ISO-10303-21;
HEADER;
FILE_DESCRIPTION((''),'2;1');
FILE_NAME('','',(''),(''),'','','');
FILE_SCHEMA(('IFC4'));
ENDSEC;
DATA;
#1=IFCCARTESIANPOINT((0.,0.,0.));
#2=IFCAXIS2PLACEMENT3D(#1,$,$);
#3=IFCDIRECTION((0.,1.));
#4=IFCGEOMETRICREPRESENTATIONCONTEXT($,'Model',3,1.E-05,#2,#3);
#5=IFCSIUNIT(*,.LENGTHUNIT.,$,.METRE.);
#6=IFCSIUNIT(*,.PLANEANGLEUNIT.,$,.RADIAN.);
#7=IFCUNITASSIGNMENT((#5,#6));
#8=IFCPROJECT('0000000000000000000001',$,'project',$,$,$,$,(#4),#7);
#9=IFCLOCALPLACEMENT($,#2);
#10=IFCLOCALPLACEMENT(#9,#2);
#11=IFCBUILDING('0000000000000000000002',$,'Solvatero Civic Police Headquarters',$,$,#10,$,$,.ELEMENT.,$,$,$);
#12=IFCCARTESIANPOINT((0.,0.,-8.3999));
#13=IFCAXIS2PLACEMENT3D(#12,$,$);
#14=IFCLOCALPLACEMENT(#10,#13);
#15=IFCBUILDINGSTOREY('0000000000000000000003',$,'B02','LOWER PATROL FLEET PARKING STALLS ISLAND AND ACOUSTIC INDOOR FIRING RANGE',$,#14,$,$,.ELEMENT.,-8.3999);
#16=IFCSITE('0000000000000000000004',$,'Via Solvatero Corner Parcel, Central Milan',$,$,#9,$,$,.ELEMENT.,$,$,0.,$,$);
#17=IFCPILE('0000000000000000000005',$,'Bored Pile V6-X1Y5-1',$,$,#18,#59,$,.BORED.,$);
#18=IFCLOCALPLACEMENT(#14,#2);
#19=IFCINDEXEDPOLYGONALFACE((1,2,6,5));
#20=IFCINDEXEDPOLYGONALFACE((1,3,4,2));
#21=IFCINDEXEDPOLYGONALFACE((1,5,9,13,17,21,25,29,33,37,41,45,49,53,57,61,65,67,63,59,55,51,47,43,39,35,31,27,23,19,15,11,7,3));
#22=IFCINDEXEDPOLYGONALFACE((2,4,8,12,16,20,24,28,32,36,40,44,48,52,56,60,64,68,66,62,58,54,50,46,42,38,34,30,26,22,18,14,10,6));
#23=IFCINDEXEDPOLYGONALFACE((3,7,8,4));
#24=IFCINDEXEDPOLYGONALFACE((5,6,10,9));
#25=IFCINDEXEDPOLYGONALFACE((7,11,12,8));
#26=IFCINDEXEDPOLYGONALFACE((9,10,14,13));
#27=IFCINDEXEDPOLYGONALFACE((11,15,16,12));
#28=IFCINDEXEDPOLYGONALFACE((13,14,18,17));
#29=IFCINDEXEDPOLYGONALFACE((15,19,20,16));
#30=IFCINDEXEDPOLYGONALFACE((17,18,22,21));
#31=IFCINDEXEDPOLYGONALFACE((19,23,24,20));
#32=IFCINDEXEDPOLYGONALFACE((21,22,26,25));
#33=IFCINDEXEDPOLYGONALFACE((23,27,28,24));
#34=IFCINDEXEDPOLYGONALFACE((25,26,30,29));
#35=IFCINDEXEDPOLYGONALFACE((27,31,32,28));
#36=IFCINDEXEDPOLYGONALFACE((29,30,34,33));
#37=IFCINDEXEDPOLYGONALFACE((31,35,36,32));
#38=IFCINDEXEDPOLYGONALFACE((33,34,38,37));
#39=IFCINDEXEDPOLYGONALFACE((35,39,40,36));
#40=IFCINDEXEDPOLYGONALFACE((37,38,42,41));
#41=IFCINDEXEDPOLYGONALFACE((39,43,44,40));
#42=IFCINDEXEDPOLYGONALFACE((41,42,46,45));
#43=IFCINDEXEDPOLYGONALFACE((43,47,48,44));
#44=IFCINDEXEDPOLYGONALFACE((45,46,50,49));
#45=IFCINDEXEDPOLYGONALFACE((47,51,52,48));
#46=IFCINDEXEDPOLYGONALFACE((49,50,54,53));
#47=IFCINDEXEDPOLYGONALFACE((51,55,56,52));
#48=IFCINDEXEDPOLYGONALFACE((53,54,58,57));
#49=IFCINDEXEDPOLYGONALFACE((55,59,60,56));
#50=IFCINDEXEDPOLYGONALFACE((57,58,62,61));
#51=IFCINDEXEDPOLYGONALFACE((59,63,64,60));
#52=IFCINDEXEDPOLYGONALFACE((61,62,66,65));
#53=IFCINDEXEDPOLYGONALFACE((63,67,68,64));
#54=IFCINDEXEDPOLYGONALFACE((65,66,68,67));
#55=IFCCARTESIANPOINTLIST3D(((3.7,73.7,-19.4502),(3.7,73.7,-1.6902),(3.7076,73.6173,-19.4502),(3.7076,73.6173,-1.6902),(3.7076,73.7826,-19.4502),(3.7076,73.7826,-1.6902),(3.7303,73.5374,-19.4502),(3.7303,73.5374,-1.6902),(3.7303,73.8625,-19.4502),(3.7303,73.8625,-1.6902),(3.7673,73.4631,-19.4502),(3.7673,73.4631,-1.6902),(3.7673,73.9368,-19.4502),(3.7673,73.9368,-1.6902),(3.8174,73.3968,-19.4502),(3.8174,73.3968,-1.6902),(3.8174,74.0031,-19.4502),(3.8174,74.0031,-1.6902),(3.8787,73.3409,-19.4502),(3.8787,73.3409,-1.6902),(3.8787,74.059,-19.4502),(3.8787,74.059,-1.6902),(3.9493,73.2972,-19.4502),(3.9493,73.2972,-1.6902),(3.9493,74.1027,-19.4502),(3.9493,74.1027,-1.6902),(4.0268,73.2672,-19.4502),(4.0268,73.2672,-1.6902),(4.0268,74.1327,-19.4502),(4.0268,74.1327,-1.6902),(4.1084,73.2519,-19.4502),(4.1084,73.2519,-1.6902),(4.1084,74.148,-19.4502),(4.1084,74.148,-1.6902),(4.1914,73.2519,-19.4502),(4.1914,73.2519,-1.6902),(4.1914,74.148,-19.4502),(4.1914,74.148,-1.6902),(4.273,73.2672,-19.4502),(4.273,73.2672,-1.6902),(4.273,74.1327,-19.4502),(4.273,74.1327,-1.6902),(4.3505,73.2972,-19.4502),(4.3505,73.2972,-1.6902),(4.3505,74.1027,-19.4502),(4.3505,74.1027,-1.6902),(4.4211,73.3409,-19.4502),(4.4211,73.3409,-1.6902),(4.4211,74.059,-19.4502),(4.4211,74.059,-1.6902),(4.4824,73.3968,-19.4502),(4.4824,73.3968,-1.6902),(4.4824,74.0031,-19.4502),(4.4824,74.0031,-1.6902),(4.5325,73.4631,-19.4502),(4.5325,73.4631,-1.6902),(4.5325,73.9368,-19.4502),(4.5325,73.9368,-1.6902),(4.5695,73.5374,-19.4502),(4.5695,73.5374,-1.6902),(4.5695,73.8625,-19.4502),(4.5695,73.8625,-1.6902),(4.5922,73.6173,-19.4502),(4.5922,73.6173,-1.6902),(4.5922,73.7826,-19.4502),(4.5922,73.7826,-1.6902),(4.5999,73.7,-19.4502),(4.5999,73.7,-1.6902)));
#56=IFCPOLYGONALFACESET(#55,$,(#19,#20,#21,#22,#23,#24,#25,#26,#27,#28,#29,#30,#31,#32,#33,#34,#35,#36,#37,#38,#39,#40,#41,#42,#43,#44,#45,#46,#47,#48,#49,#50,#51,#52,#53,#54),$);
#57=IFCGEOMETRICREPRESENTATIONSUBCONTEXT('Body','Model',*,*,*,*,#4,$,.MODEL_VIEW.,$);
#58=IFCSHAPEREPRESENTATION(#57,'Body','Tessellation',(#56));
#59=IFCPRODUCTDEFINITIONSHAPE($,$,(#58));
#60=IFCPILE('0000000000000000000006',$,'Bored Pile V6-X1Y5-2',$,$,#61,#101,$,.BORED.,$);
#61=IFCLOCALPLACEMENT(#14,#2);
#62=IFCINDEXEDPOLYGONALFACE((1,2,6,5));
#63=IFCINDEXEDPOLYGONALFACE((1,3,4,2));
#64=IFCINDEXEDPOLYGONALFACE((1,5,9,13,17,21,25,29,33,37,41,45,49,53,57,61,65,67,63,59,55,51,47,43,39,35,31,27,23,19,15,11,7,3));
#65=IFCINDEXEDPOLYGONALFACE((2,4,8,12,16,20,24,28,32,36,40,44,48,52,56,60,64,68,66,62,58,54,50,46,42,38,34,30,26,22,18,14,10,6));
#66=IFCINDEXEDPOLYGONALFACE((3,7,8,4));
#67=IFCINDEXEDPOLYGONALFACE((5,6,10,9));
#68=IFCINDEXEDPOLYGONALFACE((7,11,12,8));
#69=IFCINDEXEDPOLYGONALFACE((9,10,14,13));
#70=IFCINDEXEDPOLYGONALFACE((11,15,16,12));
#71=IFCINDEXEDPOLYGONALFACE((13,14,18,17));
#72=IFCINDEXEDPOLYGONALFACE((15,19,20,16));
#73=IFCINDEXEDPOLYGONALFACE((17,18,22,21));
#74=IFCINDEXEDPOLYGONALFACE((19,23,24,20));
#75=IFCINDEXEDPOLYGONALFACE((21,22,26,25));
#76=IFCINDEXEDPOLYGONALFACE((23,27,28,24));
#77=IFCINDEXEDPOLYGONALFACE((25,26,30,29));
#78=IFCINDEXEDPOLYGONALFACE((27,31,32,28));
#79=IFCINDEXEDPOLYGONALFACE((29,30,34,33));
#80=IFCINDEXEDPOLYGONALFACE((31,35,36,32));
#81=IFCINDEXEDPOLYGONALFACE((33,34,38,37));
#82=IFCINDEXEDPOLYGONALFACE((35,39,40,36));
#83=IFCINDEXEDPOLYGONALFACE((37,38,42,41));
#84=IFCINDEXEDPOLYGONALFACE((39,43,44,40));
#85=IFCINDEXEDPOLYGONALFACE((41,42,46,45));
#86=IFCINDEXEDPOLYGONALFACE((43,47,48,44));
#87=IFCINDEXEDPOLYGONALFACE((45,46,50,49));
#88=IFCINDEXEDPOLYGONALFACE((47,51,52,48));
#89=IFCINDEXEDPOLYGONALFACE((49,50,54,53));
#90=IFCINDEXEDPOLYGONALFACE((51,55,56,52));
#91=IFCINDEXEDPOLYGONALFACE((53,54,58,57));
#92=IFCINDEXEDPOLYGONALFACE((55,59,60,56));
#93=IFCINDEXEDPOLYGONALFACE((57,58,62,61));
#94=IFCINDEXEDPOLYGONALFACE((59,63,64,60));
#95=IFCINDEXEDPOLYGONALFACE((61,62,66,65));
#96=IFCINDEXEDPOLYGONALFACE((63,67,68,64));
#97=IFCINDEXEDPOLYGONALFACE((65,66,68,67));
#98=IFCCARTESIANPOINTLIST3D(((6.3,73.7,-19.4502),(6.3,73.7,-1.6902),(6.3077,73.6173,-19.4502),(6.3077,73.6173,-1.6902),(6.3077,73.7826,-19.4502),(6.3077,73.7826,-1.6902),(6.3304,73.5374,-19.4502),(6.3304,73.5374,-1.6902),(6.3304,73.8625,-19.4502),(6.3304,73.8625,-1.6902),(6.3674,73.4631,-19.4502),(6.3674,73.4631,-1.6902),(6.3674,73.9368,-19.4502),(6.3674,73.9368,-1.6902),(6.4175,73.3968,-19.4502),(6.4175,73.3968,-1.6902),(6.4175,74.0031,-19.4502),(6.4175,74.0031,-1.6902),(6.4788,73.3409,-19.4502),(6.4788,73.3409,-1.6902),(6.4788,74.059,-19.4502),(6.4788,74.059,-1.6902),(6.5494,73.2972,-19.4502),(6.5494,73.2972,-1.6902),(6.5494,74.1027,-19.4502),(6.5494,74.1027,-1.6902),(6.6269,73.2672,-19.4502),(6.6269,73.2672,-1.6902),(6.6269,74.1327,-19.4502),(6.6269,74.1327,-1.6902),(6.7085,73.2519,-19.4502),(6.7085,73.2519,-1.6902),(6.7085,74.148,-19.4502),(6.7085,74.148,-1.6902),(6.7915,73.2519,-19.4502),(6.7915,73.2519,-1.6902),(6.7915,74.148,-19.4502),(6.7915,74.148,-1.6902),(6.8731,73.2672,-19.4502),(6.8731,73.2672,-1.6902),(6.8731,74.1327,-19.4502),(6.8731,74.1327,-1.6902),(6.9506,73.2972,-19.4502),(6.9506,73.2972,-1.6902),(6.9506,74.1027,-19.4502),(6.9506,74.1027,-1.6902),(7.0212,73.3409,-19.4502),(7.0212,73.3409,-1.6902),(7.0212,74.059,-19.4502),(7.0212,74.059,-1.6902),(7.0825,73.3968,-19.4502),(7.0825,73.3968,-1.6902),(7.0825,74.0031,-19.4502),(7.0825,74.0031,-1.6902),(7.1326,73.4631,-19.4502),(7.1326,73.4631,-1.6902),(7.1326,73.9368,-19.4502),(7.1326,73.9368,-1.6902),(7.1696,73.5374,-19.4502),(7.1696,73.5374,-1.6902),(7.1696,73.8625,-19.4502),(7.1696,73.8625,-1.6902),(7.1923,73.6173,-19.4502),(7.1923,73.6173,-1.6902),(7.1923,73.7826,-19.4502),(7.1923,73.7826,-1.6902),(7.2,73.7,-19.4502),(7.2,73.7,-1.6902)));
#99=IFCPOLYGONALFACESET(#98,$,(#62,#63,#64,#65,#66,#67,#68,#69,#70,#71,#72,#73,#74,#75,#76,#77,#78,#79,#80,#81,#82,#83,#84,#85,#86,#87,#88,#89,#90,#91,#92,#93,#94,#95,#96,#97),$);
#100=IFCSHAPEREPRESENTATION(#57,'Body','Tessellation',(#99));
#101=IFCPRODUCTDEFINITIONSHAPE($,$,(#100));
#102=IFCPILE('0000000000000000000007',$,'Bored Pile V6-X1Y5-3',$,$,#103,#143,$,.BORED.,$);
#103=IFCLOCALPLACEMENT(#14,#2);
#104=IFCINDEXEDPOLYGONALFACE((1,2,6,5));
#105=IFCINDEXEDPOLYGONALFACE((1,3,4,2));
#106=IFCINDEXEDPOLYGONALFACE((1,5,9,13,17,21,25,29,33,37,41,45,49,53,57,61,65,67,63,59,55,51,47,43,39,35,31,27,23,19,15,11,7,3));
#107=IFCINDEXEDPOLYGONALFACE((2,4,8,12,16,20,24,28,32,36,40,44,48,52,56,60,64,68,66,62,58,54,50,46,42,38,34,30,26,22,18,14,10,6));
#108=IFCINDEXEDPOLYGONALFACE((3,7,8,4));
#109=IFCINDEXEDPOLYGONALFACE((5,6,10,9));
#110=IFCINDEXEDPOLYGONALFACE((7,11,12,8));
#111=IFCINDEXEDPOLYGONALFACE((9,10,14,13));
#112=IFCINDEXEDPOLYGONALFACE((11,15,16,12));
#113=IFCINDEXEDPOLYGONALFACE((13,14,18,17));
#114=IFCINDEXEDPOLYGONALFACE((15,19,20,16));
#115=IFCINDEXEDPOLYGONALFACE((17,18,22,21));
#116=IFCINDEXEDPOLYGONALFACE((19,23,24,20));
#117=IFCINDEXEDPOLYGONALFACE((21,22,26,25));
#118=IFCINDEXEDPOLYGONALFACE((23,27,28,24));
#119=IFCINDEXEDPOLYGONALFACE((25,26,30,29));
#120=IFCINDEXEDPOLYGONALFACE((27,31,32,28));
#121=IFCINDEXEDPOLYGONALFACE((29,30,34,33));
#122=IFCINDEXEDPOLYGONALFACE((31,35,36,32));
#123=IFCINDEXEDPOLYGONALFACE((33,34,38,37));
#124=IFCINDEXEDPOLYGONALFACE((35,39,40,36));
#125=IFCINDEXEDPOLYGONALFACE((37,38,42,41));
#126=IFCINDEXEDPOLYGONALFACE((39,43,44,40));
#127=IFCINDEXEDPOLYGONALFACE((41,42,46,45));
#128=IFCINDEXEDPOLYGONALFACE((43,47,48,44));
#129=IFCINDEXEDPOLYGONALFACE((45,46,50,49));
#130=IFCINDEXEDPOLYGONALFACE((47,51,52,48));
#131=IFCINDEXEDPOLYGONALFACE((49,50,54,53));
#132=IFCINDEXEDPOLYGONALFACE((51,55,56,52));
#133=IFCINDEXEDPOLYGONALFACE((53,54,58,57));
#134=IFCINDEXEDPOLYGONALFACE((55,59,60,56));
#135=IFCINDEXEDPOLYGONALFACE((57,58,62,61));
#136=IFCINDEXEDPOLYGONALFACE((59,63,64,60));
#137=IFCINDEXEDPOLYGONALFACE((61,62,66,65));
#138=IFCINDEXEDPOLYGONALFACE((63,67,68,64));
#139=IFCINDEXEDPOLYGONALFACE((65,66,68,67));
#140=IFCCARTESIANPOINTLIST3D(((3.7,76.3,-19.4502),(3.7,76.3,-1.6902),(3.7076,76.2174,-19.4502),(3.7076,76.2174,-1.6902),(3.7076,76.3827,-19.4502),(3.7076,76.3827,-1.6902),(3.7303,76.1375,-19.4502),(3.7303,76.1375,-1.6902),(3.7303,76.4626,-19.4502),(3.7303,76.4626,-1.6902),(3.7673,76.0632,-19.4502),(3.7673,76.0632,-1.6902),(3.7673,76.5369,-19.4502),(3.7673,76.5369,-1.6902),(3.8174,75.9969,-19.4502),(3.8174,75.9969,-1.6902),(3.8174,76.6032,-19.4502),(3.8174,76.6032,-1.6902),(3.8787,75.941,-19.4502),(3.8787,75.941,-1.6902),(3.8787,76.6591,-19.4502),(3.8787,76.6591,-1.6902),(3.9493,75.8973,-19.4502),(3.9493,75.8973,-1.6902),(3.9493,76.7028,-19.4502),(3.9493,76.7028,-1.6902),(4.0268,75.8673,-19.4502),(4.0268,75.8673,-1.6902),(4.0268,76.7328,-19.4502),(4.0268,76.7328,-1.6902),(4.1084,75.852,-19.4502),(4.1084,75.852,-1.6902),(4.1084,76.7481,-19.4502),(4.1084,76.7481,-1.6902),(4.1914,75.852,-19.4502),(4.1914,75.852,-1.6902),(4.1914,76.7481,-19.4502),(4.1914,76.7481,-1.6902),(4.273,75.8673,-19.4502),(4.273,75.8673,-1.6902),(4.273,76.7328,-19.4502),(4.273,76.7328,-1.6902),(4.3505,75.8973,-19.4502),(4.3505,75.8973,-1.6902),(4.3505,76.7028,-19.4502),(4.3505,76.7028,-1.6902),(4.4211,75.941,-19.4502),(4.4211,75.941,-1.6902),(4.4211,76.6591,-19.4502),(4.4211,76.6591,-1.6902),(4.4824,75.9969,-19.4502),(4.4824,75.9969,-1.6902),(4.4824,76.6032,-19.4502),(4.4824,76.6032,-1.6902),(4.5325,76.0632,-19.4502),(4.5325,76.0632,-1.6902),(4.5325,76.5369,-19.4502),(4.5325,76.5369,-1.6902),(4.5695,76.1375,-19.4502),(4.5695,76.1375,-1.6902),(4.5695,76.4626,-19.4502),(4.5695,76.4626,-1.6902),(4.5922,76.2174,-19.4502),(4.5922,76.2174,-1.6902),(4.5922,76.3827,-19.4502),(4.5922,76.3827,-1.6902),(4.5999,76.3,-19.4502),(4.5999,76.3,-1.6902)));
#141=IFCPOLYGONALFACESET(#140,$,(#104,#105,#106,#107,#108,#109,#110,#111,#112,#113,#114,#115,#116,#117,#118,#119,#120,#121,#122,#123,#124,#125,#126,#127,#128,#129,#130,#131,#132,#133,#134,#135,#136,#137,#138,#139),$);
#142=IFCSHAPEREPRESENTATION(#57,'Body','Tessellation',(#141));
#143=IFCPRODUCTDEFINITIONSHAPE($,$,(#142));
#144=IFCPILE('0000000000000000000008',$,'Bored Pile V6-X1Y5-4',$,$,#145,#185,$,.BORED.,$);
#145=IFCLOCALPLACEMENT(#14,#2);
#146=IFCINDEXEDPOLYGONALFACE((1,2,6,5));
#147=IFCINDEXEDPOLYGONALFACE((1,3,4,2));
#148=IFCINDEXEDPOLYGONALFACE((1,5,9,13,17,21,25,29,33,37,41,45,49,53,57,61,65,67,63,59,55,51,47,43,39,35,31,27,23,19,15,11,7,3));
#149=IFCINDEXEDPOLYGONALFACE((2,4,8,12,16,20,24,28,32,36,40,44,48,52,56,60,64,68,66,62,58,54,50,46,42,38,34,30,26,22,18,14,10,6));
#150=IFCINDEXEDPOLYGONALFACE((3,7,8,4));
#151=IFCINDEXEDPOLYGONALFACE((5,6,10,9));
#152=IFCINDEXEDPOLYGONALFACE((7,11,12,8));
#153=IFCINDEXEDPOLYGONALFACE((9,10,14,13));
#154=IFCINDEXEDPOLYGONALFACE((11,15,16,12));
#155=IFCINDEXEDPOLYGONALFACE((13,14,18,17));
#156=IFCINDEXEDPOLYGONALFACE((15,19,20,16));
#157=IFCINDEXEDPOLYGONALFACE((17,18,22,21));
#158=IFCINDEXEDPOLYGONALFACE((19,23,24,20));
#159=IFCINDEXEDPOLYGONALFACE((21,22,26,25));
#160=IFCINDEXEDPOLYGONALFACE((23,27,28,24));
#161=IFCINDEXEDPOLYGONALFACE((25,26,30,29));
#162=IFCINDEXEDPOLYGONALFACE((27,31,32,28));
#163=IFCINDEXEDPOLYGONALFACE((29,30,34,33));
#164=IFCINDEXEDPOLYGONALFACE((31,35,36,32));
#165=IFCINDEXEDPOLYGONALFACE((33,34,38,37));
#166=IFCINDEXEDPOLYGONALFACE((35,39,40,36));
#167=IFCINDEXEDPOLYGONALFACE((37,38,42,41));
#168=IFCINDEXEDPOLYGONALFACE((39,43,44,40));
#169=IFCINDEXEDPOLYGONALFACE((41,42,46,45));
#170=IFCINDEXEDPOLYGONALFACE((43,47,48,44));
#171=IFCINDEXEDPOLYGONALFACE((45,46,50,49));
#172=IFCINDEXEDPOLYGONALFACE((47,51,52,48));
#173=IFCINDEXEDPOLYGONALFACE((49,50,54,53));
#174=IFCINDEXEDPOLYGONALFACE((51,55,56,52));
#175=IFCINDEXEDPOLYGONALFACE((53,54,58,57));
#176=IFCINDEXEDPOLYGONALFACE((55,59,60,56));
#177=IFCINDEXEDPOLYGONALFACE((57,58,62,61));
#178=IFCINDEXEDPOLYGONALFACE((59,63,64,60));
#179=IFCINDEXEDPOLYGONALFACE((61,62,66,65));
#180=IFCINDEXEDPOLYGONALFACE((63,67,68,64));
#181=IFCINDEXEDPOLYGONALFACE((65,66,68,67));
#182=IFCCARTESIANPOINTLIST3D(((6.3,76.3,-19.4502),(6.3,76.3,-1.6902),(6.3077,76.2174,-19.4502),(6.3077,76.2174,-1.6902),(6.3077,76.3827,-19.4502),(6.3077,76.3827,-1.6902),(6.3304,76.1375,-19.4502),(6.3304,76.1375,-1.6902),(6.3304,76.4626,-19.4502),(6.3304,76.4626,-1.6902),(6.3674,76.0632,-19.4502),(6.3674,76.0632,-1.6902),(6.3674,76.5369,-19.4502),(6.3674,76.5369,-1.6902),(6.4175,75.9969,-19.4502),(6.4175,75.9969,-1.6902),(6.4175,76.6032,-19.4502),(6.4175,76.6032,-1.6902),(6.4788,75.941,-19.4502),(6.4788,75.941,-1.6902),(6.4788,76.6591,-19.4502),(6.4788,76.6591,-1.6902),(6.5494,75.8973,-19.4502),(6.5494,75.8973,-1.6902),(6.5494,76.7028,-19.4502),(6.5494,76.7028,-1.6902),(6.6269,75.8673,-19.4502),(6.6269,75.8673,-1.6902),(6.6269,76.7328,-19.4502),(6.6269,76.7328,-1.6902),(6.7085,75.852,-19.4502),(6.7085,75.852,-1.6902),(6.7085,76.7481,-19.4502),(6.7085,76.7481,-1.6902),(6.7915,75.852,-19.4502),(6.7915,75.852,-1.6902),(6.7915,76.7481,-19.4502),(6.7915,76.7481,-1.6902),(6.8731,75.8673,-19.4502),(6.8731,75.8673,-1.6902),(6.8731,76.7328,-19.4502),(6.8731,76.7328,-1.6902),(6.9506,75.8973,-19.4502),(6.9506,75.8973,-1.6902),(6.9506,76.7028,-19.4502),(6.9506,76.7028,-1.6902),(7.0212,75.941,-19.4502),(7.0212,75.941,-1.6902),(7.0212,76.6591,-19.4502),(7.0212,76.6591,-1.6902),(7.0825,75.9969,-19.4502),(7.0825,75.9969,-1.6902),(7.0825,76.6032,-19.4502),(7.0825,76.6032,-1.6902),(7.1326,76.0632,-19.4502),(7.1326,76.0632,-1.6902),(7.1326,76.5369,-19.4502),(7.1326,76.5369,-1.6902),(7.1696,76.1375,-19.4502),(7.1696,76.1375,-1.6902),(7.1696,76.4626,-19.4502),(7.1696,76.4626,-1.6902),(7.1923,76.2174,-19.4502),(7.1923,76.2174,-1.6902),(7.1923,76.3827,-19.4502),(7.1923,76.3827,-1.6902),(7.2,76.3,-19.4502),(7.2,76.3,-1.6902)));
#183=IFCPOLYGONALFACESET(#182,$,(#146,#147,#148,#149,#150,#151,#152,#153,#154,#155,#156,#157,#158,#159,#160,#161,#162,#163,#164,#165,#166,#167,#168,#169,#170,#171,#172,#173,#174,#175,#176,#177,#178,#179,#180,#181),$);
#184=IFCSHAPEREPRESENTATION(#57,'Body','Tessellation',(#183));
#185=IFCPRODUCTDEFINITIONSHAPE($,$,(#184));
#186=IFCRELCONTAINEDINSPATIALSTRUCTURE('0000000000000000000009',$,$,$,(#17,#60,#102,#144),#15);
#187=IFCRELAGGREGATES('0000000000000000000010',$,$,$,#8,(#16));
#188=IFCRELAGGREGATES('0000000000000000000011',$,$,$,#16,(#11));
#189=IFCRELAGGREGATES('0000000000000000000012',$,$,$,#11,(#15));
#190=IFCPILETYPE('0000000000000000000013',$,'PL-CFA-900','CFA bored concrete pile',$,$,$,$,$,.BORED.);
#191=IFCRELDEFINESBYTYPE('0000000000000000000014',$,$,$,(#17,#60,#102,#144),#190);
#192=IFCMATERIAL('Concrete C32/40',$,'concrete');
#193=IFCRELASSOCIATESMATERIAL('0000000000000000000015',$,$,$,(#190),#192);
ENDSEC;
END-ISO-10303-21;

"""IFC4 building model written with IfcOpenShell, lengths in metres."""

from ifc_helpers import new_model, si_unit, direction, frame, origin, origin_2d, place, context, subcontext, project, spatial, circle, extrude, material, material_profile, profile_set, type_object, element, save


model = new_model("IFC4")

# Units and contexts
model_context = context("Model", 3, precision=1e-05, world=origin(), true_north=direction((0.0, 1.0)))
body_context = subcontext(model_context, "Body", "Model", "MODEL_VIEW")
ifc_project = project(units=[si_unit("LENGTHUNIT", "METRE"), si_unit("PLANEANGLEUNIT", "RADIAN")], contexts=[model_context])

# Site, building, storey
site_placement = place(None, origin())
site = spatial("IfcSite", under=ifc_project, at=site_placement, Name="Via Solvatero Corner Parcel, Central Milan", CompositionType="ELEMENT", RefElevation=0.0)
building_placement = place(site_placement, origin())
building = spatial("IfcBuilding", under=site, at=building_placement, Name="Solvatero Civic Police Headquarters", CompositionType="ELEMENT")
storey_placement = place(building_placement, frame((0.0, 0.0, -8.3999)))
storey = spatial("IfcBuildingStorey", under=building, at=storey_placement, Name="B02", Description="LOWER PATROL FLEET PARKING STALLS ISLAND AND ACOUSTIC INDOOR FIRING RANGE", CompositionType="ELEMENT", Elevation=-8.3999)

# Piles
ifc_material_1 = material(Name="Concrete C32/40", Category="concrete")
ifc_material_profile_1 = material_profile(ifc_material_1, circle(Radius=0.45, at=origin_2d()), Name="CFA PILE D900")
ifc_profile_set_1 = profile_set([ifc_material_profile_1], Name="Concrete C32/40")
pile_type = type_object("IfcPileType", Name="PL-CFA-900", Description="CFA bored concrete pile", PredefinedType="BORED", material=ifc_profile_set_1)
for number, where, z_axis, x_axis, name in (
    (1, (4.1499, 73.7, -1.6902), (0.0, 0.0, -1.0), (1.0, 0.0, 0.0), "Bored Pile V6-X1Y5-1"),
    (2, (6.75, 73.7, -1.6902), (0.0, 0.0, -1.0), (1.0, 0.0, 0.0), "Bored Pile V6-X1Y5-2"),
    (3, (4.1499, 76.3, -1.6902), (0.0, 0.0, -1.0), (1.0, 0.0, 0.0), "Bored Pile V6-X1Y5-3"),
    (4, (6.75, 76.3, -1.6902), (0.0, 0.0, -1.0), (1.0, 0.0, 0.0), "Bored Pile V6-X1Y5-4"),
):
    element("IfcPile", number, at=place(storey_placement, frame(where, z_axis=z_axis, x_axis=x_axis)), inside=storey, type_object=pile_type, Name=name, PredefinedType="BORED", context=body_context, shape_type="SweptSolid", body=[
        extrude(circle(Radius=0.45, at=origin_2d()), origin(), (0.0, 0.0, 1.0), 17.76),
    ])

save(model, "model.ifc")
